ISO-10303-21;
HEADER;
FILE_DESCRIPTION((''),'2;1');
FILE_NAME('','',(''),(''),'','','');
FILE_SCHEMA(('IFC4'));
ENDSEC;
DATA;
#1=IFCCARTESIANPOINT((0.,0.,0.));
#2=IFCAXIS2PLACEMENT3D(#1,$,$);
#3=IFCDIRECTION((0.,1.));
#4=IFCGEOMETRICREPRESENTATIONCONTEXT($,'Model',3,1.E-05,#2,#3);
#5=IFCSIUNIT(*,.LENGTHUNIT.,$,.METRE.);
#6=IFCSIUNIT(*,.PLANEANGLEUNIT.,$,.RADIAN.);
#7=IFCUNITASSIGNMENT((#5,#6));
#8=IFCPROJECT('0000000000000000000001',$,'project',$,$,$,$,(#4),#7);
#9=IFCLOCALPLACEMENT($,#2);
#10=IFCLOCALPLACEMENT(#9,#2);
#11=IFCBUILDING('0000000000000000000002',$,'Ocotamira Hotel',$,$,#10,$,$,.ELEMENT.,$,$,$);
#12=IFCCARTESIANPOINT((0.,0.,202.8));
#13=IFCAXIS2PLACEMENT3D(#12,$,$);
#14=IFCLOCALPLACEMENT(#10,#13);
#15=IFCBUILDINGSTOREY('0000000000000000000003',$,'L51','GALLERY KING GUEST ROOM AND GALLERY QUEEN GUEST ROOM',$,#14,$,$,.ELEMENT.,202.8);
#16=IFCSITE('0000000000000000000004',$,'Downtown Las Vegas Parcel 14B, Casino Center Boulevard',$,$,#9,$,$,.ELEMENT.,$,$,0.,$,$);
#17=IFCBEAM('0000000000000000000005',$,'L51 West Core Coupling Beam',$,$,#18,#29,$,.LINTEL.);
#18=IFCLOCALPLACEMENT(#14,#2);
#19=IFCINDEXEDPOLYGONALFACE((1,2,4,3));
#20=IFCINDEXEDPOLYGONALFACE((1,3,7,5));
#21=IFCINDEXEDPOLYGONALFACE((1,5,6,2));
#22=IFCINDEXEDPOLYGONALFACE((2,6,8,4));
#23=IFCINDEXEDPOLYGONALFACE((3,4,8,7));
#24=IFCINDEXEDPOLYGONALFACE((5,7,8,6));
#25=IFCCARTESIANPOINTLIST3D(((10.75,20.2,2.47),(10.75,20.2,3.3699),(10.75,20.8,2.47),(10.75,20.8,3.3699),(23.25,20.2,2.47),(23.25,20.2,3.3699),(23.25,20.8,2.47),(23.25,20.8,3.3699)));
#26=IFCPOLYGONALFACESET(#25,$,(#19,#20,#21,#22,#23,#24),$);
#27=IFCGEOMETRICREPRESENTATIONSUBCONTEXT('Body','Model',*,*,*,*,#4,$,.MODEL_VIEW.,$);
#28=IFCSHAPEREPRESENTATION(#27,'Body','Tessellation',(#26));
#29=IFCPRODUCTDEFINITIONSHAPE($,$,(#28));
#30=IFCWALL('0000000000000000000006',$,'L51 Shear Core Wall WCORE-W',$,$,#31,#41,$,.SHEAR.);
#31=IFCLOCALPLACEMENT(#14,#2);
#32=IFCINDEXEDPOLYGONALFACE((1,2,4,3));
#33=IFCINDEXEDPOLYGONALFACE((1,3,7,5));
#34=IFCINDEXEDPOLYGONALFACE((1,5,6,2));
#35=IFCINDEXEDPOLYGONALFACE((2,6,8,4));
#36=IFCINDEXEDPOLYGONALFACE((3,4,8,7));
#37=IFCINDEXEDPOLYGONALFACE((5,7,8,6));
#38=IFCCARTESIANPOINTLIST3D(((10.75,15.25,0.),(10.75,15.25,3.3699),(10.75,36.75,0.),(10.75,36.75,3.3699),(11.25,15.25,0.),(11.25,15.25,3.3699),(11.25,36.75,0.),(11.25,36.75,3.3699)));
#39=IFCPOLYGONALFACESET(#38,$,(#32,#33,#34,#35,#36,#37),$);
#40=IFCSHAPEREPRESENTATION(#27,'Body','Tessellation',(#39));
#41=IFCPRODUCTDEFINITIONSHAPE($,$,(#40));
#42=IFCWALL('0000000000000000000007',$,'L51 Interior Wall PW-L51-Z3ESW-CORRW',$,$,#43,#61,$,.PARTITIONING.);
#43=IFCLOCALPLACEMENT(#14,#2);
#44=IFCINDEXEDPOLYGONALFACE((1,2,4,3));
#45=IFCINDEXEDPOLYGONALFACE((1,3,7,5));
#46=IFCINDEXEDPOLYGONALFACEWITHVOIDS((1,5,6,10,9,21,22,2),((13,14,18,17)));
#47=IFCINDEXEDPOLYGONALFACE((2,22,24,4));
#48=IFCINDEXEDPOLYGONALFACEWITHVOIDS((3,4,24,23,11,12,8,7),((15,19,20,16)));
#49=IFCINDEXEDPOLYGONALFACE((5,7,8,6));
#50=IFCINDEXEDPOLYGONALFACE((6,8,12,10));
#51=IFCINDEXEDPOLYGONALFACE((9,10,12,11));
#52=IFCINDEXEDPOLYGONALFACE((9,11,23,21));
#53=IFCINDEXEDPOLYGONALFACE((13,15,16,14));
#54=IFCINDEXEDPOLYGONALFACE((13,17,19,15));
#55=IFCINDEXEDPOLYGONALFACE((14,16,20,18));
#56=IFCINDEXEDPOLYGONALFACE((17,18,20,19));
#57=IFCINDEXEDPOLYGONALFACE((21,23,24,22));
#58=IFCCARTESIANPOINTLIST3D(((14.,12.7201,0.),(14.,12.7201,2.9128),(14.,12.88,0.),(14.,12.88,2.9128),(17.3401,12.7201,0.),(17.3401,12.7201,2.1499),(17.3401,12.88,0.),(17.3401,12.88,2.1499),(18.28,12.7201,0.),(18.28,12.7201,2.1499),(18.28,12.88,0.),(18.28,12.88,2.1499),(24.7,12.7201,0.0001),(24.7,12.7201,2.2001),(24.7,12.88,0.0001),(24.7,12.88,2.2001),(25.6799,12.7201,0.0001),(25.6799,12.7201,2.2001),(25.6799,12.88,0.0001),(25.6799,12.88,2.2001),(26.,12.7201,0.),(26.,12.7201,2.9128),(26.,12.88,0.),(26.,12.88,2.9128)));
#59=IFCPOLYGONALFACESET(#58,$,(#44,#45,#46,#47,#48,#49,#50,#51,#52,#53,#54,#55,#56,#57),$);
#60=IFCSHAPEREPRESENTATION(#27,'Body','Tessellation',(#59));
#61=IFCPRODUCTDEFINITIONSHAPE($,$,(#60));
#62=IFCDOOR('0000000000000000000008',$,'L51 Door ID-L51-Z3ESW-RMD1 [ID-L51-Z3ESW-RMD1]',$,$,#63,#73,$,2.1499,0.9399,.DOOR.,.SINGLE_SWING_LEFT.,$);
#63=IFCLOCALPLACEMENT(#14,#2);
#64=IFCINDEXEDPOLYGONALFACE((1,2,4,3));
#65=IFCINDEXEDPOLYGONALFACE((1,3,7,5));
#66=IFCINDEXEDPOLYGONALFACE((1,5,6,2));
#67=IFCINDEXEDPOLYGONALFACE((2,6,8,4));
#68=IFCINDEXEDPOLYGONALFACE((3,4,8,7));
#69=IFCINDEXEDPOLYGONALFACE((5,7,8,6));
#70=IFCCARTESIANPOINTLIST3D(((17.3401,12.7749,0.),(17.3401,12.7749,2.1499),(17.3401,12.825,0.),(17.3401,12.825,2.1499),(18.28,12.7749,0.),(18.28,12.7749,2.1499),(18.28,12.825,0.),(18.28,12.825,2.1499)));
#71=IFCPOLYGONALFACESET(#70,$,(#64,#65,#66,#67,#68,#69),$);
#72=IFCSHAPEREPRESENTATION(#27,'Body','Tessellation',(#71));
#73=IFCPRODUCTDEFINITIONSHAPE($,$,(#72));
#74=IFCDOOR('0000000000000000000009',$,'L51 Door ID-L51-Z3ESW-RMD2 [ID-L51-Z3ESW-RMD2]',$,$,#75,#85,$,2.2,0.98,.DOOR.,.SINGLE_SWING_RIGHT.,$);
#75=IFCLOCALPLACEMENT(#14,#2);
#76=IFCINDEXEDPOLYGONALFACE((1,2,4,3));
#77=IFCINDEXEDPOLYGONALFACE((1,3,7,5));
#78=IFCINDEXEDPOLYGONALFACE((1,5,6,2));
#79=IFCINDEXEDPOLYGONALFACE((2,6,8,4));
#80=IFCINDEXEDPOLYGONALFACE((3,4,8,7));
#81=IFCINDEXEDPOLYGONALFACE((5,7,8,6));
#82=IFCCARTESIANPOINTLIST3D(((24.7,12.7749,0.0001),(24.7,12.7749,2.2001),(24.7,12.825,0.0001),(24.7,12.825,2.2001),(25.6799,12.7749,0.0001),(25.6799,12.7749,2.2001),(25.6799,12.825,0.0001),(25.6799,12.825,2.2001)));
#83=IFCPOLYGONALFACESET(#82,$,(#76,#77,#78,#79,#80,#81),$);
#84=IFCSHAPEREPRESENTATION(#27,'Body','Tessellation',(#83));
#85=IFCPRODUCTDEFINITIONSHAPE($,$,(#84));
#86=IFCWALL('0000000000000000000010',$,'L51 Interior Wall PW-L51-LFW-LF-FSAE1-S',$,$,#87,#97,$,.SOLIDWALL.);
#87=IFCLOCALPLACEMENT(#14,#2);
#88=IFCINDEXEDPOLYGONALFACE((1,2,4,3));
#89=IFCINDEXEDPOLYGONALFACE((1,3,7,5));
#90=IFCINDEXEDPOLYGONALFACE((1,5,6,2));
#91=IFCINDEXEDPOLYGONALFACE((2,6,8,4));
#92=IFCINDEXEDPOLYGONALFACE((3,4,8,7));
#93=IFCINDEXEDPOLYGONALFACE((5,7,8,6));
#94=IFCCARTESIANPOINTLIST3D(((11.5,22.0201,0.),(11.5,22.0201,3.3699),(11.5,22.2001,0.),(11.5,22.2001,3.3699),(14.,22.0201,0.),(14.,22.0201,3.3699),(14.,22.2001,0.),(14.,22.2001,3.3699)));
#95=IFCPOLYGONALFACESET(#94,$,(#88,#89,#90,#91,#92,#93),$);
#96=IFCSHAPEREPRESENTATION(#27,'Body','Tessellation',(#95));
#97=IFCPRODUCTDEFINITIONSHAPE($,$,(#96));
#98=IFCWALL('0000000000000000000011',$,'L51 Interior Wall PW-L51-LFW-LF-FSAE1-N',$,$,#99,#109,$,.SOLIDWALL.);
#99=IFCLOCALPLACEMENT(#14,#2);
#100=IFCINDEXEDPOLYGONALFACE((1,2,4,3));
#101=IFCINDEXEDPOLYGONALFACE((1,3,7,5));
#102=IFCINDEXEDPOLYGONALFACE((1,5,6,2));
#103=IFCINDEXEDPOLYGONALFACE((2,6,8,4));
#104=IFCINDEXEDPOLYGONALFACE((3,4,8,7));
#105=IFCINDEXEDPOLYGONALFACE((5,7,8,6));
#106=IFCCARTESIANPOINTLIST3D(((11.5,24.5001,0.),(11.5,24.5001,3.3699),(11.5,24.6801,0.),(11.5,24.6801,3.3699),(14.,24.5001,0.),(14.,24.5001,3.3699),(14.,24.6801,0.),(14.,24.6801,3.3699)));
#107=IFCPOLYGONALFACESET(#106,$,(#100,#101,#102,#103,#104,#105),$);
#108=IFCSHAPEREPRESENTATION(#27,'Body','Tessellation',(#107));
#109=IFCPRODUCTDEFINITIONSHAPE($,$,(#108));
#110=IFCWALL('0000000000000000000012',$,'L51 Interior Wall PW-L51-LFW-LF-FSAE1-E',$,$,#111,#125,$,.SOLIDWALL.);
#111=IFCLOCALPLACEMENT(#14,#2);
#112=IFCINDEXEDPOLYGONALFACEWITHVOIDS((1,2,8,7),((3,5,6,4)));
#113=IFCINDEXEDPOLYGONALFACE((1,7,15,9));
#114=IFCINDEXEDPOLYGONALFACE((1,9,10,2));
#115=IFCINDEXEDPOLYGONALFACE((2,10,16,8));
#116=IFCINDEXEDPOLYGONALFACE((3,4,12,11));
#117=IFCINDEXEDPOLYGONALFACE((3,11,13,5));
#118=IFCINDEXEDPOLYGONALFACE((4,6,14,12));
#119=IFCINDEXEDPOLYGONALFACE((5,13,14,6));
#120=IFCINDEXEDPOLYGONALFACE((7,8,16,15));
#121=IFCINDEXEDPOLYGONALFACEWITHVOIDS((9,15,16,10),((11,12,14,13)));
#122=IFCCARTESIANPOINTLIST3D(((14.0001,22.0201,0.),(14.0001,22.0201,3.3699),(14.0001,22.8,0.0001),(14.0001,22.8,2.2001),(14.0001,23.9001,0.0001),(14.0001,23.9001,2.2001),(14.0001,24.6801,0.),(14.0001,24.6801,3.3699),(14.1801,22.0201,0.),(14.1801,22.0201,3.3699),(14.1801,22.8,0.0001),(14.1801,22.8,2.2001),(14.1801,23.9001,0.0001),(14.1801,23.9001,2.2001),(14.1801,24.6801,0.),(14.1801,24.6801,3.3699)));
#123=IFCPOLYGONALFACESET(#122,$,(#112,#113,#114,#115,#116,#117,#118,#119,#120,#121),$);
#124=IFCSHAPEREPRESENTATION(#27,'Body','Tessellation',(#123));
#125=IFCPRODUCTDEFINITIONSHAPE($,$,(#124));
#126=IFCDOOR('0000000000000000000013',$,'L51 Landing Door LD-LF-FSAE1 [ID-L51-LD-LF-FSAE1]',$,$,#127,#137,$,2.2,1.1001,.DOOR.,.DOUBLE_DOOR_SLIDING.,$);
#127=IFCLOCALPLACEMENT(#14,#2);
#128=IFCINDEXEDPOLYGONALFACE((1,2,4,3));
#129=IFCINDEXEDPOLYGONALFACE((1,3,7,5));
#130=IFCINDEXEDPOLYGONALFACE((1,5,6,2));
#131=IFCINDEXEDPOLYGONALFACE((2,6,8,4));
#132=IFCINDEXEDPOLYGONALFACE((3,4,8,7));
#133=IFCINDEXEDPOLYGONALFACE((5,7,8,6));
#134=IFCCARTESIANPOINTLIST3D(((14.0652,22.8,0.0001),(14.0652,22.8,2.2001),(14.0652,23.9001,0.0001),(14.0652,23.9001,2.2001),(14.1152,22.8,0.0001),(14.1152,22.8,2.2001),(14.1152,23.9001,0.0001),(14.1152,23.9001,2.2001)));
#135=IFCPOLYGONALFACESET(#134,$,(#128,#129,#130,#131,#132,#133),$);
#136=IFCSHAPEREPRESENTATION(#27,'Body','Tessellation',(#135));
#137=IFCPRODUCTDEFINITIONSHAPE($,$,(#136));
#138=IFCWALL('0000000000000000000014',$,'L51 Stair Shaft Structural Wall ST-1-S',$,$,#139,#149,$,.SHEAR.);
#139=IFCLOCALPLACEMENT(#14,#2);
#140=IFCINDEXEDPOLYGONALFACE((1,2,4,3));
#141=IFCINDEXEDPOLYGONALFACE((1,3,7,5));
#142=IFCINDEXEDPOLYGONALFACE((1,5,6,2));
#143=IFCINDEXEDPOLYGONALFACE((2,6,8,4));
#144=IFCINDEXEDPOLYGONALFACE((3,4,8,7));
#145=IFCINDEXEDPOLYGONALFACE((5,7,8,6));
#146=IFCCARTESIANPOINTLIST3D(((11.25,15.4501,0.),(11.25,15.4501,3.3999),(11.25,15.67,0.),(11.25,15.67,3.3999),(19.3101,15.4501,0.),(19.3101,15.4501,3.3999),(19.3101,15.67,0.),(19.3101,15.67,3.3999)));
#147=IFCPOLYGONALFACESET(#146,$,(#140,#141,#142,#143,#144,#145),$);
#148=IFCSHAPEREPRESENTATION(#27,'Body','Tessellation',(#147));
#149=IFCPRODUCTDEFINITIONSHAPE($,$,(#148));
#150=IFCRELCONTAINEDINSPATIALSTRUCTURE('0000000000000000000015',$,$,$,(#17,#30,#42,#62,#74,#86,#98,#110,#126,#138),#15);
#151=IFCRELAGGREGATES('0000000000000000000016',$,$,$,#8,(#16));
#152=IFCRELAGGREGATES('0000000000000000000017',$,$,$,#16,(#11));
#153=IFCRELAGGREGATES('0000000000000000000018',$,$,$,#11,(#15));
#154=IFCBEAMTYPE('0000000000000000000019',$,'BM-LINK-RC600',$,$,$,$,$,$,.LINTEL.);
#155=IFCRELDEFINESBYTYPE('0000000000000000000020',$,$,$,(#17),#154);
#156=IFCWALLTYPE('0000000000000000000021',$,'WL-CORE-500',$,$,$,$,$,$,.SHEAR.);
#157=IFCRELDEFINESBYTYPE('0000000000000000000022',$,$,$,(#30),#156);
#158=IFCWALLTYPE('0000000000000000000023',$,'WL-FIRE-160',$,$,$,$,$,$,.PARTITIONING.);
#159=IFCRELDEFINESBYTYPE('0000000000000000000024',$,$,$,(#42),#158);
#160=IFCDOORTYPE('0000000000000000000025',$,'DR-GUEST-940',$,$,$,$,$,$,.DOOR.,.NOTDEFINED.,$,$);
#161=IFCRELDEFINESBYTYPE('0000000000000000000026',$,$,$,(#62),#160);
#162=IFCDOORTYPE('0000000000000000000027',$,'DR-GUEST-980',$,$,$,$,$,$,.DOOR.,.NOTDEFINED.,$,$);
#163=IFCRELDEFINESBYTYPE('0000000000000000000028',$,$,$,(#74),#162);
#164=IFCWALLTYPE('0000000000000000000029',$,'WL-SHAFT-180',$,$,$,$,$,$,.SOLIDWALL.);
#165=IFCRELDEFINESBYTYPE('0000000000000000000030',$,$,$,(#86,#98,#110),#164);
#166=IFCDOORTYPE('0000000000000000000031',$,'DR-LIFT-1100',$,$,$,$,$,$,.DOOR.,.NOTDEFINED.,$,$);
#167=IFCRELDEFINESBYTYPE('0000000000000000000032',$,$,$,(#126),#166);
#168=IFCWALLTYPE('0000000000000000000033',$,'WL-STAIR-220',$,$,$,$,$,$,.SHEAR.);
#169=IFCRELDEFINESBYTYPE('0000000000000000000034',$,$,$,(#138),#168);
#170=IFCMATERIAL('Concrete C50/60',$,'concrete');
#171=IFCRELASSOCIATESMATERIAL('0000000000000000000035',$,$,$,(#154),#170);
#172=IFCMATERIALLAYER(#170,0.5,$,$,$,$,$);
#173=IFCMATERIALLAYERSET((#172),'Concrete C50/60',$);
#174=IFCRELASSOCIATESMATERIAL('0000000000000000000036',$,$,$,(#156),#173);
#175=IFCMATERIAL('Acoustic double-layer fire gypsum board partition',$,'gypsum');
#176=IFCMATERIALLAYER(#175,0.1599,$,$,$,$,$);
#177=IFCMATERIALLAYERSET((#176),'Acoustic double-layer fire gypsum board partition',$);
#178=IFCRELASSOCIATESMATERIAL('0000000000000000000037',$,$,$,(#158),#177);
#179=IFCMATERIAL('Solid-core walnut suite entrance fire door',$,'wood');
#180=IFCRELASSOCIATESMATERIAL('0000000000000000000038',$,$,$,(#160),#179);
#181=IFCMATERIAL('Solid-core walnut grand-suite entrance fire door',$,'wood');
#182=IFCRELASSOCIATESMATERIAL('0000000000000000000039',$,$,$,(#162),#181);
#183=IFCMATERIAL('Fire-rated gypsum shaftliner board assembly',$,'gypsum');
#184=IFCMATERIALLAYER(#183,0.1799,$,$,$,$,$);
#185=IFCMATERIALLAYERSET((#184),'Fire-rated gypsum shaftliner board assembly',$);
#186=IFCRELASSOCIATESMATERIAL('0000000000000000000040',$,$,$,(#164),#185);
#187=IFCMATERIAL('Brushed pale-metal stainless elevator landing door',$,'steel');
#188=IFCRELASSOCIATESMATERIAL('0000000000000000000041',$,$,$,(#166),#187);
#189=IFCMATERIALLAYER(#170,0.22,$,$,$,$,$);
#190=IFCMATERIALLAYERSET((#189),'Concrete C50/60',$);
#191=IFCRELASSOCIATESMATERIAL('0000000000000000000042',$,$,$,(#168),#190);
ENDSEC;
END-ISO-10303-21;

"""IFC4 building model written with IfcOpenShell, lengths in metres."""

from ifc_helpers import new_model, si_unit, direction, frame, frame_2d, origin, origin_2d, place, context, subcontext, project, spatial, rectangle, extrude, source, transform, mapped, material, layer, layer_set, material_profile, profile_set, type_object, element, fill, save


model = new_model("IFC4")

# Units and contexts
model_context = context("Model", 3, precision=1e-05, world=origin(), true_north=direction((0.0, 1.0)))
body_context = subcontext(model_context, "Body", "Model", "MODEL_VIEW")
ifc_project = project(units=[si_unit("LENGTHUNIT", "METRE"), si_unit("PLANEANGLEUNIT", "RADIAN")], contexts=[model_context])

# Site, building, storey
site_placement = place(None, origin())
site = spatial("IfcSite", under=ifc_project, at=site_placement, Name="Downtown Las Vegas Parcel 14B, Casino Center Boulevard", CompositionType="ELEMENT", RefElevation=0.0)
building_placement = place(site_placement, origin())
building = spatial("IfcBuilding", under=site, at=building_placement, Name="Ocotamira Hotel", CompositionType="ELEMENT")
storey_placement = place(building_placement, frame((0.0, 0.0, 202.8)))
storey = spatial("IfcBuildingStorey", under=building, at=storey_placement, Name="L51", Description="GALLERY KING GUEST ROOM AND GALLERY QUEEN GUEST ROOM", CompositionType="ELEMENT", Elevation=202.8)

# Beam
ifc_material_1 = material(Name="Concrete C50/60", Category="concrete")
ifc_material_profile = material_profile(ifc_material_1, rectangle(XDim=0.6001, YDim=0.8999, at=origin_2d()), Name="RC600X900")
ifc_profile_set = profile_set([ifc_material_profile], Name="Concrete C50/60")
beam_type = type_object("IfcBeamType", Name="BM-LINK-RC600", PredefinedType="LINTEL", material=ifc_profile_set)
shared_shape_1 = source(origin(), body_context, "Body", "SweptSolid", [
    extrude(rectangle(XDim=0.6001, YDim=0.8999, at=origin_2d()), origin(), (0.0, 0.0, 1.0), 12.5),
])
beam_placement = place(storey_placement, frame((10.75, 20.5, 2.9199), z_axis=(1.0, 0.0, 0.0), x_axis=(0.0, 1.0, 0.0)))
element("IfcBeam", 1, at=beam_placement, inside=storey, type_object=beam_type, Name="L51 West Core Coupling Beam", PredefinedType="LINTEL", context=body_context, shape_type="MappedRepresentation", body=[
    mapped(shared_shape_1, transform((0.0, 0.0, 0.0), scale=1.0)),
])

# Shared definitions
ifc_layer_1 = layer(ifc_material_1, 0.5)
ifc_layer_set_1 = layer_set([ifc_layer_1], Name="Concrete C50/60")
wall_type_1 = type_object("IfcWallType", Name="WL-CORE-500", PredefinedType="SHEAR", material=ifc_layer_set_1)

# Wall
wall_1_placement = place(storey_placement, frame((11.0, 15.25, 0.0), z_axis=(0.0, 0.0, 1.0), x_axis=(0.0, 1.0, 0.0)))
element("IfcWall", 2, at=wall_1_placement, inside=storey, type_object=wall_type_1, Name="L51 Shear Core Wall WCORE-W", PredefinedType="SHEAR", context=body_context, shape_type="SweptSolid", body=[
    extrude(rectangle(XDim=21.5, YDim=0.5, at=frame_2d((10.75, 0.0))), origin(), (0.0, 0.0, 1.0), 3.3699),
])

# Shared definitions
ifc_material_2 = material(Name="Acoustic double-layer fire gypsum board partition", Category="gypsum")
ifc_layer_2 = layer(ifc_material_2, 0.1599)
ifc_layer_set_2 = layer_set([ifc_layer_2], Name="Acoustic double-layer fire gypsum board partition")
wall_type_2 = type_object("IfcWallType", Name="WL-FIRE-160", PredefinedType="PARTITIONING", material=ifc_layer_set_2)

# Wall, openings, doors
wall_2_placement = place(storey_placement, frame((14.0, 12.8, 0.0), z_axis=(0.0, 0.0, 1.0), x_axis=(1.0, 0.0, 0.0)))
wall_2 = element("IfcWall", 3, at=wall_2_placement, inside=storey, type_object=wall_type_2, Name="L51 Interior Wall PW-L51-Z3ESW-CORRW", PredefinedType="PARTITIONING", context=body_context, shape_type="SweptSolid", body=[
    extrude(rectangle(XDim=12.0, YDim=0.1599, at=frame_2d((6.0, 0.0))), origin(), (0.0, 0.0, 1.0), 2.9128),
])
opening_1_placement = place(wall_2_placement, frame((3.3401, 0.0, 0.0)))
opening_1 = element("IfcOpeningElement", 4, at=opening_1_placement, cuts=wall_2, PredefinedType="OPENING", context=body_context, shape_type="SweptSolid", body=[
    extrude(rectangle(XDim=0.9399, YDim=2.1499, at=frame_2d((0.47, 1.075))), frame((0.0, 0.0898, 0.0), z_axis=(0.0, -1.0, 0.0), x_axis=(1.0, 0.0, 0.0)), (0.0, 0.0, 1.0), 0.1799),
])
opening_2_placement = place(wall_2_placement, frame((10.7, 0.0, 0.0)))
opening_2 = element("IfcOpeningElement", 5, at=opening_2_placement, cuts=wall_2, PredefinedType="OPENING", context=body_context, shape_type="SweptSolid", body=[
    extrude(rectangle(XDim=0.98, YDim=2.2, at=frame_2d((0.49, 1.1001))), frame((0.0, 0.0898, 0.0), z_axis=(0.0, -1.0, 0.0), x_axis=(1.0, 0.0, 0.0)), (0.0, 0.0, 1.0), 0.1799),
])
ifc_material_3 = material(Name="Solid-core walnut suite entrance fire door", Category="wood")
door_type_1 = type_object("IfcDoorType", Name="DR-GUEST-940", OperationType="NOTDEFINED", PredefinedType="DOOR", material=ifc_material_3)
shared_shape_2 = source(origin(), body_context, "Body", "SweptSolid", [
    extrude(rectangle(XDim=0.9399, YDim=2.1499, at=frame_2d((0.47, 1.075))), frame((0.0, 0.0249, 0.0), z_axis=(0.0, -1.0, 0.0), x_axis=(1.0, 0.0, 0.0)), (0.0, 0.0, 1.0), 0.05),
])
door_1_placement = place(opening_1_placement, origin())
door_1 = element("IfcDoor", 6, at=door_1_placement, inside=storey, type_object=door_type_1, Name="L51 Door ID-L51-Z3ESW-RMD1 [ID-L51-Z3ESW-RMD1]", OperationType="SINGLE_SWING_LEFT", OverallHeight=2.1499, OverallWidth=0.9399, PredefinedType="DOOR", context=body_context, shape_type="MappedRepresentation", body=[
    mapped(shared_shape_2, transform((0.0, 0.0, 0.0), scale=1.0)),
])
fill(opening_1, door_1)
ifc_material_4 = material(Name="Solid-core walnut grand-suite entrance fire door", Category="wood")
door_type_2 = type_object("IfcDoorType", Name="DR-GUEST-980", OperationType="NOTDEFINED", PredefinedType="DOOR", material=ifc_material_4)
shared_shape_3 = source(origin(), body_context, "Body", "SweptSolid", [
    extrude(rectangle(XDim=0.98, YDim=2.2, at=frame_2d((0.49, 1.1001))), frame((0.0, 0.0249, 0.0), z_axis=(0.0, -1.0, 0.0), x_axis=(1.0, 0.0, 0.0)), (0.0, 0.0, 1.0), 0.05),
])
door_2_placement = place(opening_2_placement, origin())
door_2 = element("IfcDoor", 7, at=door_2_placement, inside=storey, type_object=door_type_2, Name="L51 Door ID-L51-Z3ESW-RMD2 [ID-L51-Z3ESW-RMD2]", OperationType="SINGLE_SWING_RIGHT", OverallHeight=2.2, OverallWidth=0.98, PredefinedType="DOOR", context=body_context, shape_type="MappedRepresentation", body=[
    mapped(shared_shape_3, transform((0.0, 0.0, 0.0), scale=1.0)),
])
fill(opening_2, door_2)

# Walls
ifc_material_5 = material(Name="Fire-rated gypsum shaftliner board assembly", Category="gypsum")
ifc_layer_3 = layer(ifc_material_5, 0.1799)
ifc_layer_set_3 = layer_set([ifc_layer_3], Name="Fire-rated gypsum shaftliner board assembly")
wall_type_3 = type_object("IfcWallType", Name="WL-SHAFT-180", PredefinedType="SOLIDWALL", material=ifc_layer_set_3)
for number, where, z_axis, x_axis, name in (
    (8, (11.5, 22.1101, 0.0), (0.0, 0.0, 1.0), (1.0, 0.0, 0.0), "L51 Interior Wall PW-L51-LFW-LF-FSAE1-S"),
    (9, (11.5, 24.5901, 0.0), (0.0, 0.0, 1.0), (1.0, 0.0, 0.0), "L51 Interior Wall PW-L51-LFW-LF-FSAE1-N"),
):
    element("IfcWall", number, at=place(storey_placement, frame(where, z_axis=z_axis, x_axis=x_axis)), inside=storey, type_object=wall_type_3, Name=name, PredefinedType="SOLIDWALL", context=body_context, shape_type="SweptSolid", body=[
        extrude(rectangle(XDim=2.5, YDim=0.1799, at=frame_2d((1.25, 0.0))), origin(), (0.0, 0.0, 1.0), 3.3699),
    ])

# Wall, opening, door
wall_3_placement = place(storey_placement, frame((14.0901, 22.02, 0.0), z_axis=(0.0, 0.0, 1.0), x_axis=(0.0, 1.0, 0.0)))
wall_3 = element("IfcWall", 10, at=wall_3_placement, inside=storey, type_object=wall_type_3, Name="L51 Interior Wall PW-L51-LFW-LF-FSAE1-E", PredefinedType="SOLIDWALL", context=body_context, shape_type="SweptSolid", body=[
    extrude(rectangle(XDim=2.6599, YDim=0.1799, at=frame_2d((1.3301, 0.0))), origin(), (0.0, 0.0, 1.0), 3.3699),
])
opening_3_placement = place(wall_3_placement, frame((0.78, 0.0, 0.0)))
opening_3 = element("IfcOpeningElement", 11, at=opening_3_placement, cuts=wall_3, PredefinedType="OPENING", context=body_context, shape_type="SweptSolid", body=[
    extrude(rectangle(XDim=1.1001, YDim=2.2, at=frame_2d((0.55, 1.1001))), frame((0.0, 0.1001, 0.0), z_axis=(0.0, -1.0, 0.0), x_axis=(1.0, 0.0, 0.0)), (0.0, 0.0, 1.0), 0.2),
])
ifc_material_6 = material(Name="Brushed pale-metal stainless elevator landing door", Category="steel")
door_type_3 = type_object("IfcDoorType", Name="DR-LIFT-1100", OperationType="NOTDEFINED", PredefinedType="DOOR", material=ifc_material_6)
shared_shape_4 = source(origin(), body_context, "Body", "SweptSolid", [
    extrude(rectangle(XDim=1.1001, YDim=2.2, at=frame_2d((0.55, 1.1001))), frame((0.0, 0.0249, 0.0), z_axis=(0.0, -1.0, 0.0), x_axis=(1.0, 0.0, 0.0)), (0.0, 0.0, 1.0), 0.05),
])
door_3_placement = place(opening_3_placement, origin())
door_3 = element("IfcDoor", 12, at=door_3_placement, inside=storey, type_object=door_type_3, Name="L51 Landing Door LD-LF-FSAE1 [ID-L51-LD-LF-FSAE1]", OperationType="DOUBLE_DOOR_SLIDING", OverallHeight=2.2, OverallWidth=1.1001, PredefinedType="DOOR", context=body_context, shape_type="MappedRepresentation", body=[
    mapped(shared_shape_4, transform((0.0, 0.0, 0.0), scale=1.0)),
])
fill(opening_3, door_3)

# Wall
ifc_layer_4 = layer(ifc_material_1, 0.22)
ifc_layer_set_4 = layer_set([ifc_layer_4], Name="Concrete C50/60")
wall_type_4 = type_object("IfcWallType", Name="WL-STAIR-220", PredefinedType="SHEAR", material=ifc_layer_set_4)
wall_4_placement = place(storey_placement, frame((11.25, 15.5601, 0.0), z_axis=(0.0, 0.0, 1.0), x_axis=(1.0, 0.0, 0.0)))
element("IfcWall", 13, at=wall_4_placement, inside=storey, type_object=wall_type_4, Name="L51 Stair Shaft Structural Wall ST-1-S", PredefinedType="SHEAR", context=body_context, shape_type="SweptSolid", body=[
    extrude(rectangle(XDim=8.0601, YDim=0.22, at=frame_2d((4.03, 0.0))), origin(), (0.0, 0.0, 1.0), 3.3999),
])

save(model, "model.ifc")
